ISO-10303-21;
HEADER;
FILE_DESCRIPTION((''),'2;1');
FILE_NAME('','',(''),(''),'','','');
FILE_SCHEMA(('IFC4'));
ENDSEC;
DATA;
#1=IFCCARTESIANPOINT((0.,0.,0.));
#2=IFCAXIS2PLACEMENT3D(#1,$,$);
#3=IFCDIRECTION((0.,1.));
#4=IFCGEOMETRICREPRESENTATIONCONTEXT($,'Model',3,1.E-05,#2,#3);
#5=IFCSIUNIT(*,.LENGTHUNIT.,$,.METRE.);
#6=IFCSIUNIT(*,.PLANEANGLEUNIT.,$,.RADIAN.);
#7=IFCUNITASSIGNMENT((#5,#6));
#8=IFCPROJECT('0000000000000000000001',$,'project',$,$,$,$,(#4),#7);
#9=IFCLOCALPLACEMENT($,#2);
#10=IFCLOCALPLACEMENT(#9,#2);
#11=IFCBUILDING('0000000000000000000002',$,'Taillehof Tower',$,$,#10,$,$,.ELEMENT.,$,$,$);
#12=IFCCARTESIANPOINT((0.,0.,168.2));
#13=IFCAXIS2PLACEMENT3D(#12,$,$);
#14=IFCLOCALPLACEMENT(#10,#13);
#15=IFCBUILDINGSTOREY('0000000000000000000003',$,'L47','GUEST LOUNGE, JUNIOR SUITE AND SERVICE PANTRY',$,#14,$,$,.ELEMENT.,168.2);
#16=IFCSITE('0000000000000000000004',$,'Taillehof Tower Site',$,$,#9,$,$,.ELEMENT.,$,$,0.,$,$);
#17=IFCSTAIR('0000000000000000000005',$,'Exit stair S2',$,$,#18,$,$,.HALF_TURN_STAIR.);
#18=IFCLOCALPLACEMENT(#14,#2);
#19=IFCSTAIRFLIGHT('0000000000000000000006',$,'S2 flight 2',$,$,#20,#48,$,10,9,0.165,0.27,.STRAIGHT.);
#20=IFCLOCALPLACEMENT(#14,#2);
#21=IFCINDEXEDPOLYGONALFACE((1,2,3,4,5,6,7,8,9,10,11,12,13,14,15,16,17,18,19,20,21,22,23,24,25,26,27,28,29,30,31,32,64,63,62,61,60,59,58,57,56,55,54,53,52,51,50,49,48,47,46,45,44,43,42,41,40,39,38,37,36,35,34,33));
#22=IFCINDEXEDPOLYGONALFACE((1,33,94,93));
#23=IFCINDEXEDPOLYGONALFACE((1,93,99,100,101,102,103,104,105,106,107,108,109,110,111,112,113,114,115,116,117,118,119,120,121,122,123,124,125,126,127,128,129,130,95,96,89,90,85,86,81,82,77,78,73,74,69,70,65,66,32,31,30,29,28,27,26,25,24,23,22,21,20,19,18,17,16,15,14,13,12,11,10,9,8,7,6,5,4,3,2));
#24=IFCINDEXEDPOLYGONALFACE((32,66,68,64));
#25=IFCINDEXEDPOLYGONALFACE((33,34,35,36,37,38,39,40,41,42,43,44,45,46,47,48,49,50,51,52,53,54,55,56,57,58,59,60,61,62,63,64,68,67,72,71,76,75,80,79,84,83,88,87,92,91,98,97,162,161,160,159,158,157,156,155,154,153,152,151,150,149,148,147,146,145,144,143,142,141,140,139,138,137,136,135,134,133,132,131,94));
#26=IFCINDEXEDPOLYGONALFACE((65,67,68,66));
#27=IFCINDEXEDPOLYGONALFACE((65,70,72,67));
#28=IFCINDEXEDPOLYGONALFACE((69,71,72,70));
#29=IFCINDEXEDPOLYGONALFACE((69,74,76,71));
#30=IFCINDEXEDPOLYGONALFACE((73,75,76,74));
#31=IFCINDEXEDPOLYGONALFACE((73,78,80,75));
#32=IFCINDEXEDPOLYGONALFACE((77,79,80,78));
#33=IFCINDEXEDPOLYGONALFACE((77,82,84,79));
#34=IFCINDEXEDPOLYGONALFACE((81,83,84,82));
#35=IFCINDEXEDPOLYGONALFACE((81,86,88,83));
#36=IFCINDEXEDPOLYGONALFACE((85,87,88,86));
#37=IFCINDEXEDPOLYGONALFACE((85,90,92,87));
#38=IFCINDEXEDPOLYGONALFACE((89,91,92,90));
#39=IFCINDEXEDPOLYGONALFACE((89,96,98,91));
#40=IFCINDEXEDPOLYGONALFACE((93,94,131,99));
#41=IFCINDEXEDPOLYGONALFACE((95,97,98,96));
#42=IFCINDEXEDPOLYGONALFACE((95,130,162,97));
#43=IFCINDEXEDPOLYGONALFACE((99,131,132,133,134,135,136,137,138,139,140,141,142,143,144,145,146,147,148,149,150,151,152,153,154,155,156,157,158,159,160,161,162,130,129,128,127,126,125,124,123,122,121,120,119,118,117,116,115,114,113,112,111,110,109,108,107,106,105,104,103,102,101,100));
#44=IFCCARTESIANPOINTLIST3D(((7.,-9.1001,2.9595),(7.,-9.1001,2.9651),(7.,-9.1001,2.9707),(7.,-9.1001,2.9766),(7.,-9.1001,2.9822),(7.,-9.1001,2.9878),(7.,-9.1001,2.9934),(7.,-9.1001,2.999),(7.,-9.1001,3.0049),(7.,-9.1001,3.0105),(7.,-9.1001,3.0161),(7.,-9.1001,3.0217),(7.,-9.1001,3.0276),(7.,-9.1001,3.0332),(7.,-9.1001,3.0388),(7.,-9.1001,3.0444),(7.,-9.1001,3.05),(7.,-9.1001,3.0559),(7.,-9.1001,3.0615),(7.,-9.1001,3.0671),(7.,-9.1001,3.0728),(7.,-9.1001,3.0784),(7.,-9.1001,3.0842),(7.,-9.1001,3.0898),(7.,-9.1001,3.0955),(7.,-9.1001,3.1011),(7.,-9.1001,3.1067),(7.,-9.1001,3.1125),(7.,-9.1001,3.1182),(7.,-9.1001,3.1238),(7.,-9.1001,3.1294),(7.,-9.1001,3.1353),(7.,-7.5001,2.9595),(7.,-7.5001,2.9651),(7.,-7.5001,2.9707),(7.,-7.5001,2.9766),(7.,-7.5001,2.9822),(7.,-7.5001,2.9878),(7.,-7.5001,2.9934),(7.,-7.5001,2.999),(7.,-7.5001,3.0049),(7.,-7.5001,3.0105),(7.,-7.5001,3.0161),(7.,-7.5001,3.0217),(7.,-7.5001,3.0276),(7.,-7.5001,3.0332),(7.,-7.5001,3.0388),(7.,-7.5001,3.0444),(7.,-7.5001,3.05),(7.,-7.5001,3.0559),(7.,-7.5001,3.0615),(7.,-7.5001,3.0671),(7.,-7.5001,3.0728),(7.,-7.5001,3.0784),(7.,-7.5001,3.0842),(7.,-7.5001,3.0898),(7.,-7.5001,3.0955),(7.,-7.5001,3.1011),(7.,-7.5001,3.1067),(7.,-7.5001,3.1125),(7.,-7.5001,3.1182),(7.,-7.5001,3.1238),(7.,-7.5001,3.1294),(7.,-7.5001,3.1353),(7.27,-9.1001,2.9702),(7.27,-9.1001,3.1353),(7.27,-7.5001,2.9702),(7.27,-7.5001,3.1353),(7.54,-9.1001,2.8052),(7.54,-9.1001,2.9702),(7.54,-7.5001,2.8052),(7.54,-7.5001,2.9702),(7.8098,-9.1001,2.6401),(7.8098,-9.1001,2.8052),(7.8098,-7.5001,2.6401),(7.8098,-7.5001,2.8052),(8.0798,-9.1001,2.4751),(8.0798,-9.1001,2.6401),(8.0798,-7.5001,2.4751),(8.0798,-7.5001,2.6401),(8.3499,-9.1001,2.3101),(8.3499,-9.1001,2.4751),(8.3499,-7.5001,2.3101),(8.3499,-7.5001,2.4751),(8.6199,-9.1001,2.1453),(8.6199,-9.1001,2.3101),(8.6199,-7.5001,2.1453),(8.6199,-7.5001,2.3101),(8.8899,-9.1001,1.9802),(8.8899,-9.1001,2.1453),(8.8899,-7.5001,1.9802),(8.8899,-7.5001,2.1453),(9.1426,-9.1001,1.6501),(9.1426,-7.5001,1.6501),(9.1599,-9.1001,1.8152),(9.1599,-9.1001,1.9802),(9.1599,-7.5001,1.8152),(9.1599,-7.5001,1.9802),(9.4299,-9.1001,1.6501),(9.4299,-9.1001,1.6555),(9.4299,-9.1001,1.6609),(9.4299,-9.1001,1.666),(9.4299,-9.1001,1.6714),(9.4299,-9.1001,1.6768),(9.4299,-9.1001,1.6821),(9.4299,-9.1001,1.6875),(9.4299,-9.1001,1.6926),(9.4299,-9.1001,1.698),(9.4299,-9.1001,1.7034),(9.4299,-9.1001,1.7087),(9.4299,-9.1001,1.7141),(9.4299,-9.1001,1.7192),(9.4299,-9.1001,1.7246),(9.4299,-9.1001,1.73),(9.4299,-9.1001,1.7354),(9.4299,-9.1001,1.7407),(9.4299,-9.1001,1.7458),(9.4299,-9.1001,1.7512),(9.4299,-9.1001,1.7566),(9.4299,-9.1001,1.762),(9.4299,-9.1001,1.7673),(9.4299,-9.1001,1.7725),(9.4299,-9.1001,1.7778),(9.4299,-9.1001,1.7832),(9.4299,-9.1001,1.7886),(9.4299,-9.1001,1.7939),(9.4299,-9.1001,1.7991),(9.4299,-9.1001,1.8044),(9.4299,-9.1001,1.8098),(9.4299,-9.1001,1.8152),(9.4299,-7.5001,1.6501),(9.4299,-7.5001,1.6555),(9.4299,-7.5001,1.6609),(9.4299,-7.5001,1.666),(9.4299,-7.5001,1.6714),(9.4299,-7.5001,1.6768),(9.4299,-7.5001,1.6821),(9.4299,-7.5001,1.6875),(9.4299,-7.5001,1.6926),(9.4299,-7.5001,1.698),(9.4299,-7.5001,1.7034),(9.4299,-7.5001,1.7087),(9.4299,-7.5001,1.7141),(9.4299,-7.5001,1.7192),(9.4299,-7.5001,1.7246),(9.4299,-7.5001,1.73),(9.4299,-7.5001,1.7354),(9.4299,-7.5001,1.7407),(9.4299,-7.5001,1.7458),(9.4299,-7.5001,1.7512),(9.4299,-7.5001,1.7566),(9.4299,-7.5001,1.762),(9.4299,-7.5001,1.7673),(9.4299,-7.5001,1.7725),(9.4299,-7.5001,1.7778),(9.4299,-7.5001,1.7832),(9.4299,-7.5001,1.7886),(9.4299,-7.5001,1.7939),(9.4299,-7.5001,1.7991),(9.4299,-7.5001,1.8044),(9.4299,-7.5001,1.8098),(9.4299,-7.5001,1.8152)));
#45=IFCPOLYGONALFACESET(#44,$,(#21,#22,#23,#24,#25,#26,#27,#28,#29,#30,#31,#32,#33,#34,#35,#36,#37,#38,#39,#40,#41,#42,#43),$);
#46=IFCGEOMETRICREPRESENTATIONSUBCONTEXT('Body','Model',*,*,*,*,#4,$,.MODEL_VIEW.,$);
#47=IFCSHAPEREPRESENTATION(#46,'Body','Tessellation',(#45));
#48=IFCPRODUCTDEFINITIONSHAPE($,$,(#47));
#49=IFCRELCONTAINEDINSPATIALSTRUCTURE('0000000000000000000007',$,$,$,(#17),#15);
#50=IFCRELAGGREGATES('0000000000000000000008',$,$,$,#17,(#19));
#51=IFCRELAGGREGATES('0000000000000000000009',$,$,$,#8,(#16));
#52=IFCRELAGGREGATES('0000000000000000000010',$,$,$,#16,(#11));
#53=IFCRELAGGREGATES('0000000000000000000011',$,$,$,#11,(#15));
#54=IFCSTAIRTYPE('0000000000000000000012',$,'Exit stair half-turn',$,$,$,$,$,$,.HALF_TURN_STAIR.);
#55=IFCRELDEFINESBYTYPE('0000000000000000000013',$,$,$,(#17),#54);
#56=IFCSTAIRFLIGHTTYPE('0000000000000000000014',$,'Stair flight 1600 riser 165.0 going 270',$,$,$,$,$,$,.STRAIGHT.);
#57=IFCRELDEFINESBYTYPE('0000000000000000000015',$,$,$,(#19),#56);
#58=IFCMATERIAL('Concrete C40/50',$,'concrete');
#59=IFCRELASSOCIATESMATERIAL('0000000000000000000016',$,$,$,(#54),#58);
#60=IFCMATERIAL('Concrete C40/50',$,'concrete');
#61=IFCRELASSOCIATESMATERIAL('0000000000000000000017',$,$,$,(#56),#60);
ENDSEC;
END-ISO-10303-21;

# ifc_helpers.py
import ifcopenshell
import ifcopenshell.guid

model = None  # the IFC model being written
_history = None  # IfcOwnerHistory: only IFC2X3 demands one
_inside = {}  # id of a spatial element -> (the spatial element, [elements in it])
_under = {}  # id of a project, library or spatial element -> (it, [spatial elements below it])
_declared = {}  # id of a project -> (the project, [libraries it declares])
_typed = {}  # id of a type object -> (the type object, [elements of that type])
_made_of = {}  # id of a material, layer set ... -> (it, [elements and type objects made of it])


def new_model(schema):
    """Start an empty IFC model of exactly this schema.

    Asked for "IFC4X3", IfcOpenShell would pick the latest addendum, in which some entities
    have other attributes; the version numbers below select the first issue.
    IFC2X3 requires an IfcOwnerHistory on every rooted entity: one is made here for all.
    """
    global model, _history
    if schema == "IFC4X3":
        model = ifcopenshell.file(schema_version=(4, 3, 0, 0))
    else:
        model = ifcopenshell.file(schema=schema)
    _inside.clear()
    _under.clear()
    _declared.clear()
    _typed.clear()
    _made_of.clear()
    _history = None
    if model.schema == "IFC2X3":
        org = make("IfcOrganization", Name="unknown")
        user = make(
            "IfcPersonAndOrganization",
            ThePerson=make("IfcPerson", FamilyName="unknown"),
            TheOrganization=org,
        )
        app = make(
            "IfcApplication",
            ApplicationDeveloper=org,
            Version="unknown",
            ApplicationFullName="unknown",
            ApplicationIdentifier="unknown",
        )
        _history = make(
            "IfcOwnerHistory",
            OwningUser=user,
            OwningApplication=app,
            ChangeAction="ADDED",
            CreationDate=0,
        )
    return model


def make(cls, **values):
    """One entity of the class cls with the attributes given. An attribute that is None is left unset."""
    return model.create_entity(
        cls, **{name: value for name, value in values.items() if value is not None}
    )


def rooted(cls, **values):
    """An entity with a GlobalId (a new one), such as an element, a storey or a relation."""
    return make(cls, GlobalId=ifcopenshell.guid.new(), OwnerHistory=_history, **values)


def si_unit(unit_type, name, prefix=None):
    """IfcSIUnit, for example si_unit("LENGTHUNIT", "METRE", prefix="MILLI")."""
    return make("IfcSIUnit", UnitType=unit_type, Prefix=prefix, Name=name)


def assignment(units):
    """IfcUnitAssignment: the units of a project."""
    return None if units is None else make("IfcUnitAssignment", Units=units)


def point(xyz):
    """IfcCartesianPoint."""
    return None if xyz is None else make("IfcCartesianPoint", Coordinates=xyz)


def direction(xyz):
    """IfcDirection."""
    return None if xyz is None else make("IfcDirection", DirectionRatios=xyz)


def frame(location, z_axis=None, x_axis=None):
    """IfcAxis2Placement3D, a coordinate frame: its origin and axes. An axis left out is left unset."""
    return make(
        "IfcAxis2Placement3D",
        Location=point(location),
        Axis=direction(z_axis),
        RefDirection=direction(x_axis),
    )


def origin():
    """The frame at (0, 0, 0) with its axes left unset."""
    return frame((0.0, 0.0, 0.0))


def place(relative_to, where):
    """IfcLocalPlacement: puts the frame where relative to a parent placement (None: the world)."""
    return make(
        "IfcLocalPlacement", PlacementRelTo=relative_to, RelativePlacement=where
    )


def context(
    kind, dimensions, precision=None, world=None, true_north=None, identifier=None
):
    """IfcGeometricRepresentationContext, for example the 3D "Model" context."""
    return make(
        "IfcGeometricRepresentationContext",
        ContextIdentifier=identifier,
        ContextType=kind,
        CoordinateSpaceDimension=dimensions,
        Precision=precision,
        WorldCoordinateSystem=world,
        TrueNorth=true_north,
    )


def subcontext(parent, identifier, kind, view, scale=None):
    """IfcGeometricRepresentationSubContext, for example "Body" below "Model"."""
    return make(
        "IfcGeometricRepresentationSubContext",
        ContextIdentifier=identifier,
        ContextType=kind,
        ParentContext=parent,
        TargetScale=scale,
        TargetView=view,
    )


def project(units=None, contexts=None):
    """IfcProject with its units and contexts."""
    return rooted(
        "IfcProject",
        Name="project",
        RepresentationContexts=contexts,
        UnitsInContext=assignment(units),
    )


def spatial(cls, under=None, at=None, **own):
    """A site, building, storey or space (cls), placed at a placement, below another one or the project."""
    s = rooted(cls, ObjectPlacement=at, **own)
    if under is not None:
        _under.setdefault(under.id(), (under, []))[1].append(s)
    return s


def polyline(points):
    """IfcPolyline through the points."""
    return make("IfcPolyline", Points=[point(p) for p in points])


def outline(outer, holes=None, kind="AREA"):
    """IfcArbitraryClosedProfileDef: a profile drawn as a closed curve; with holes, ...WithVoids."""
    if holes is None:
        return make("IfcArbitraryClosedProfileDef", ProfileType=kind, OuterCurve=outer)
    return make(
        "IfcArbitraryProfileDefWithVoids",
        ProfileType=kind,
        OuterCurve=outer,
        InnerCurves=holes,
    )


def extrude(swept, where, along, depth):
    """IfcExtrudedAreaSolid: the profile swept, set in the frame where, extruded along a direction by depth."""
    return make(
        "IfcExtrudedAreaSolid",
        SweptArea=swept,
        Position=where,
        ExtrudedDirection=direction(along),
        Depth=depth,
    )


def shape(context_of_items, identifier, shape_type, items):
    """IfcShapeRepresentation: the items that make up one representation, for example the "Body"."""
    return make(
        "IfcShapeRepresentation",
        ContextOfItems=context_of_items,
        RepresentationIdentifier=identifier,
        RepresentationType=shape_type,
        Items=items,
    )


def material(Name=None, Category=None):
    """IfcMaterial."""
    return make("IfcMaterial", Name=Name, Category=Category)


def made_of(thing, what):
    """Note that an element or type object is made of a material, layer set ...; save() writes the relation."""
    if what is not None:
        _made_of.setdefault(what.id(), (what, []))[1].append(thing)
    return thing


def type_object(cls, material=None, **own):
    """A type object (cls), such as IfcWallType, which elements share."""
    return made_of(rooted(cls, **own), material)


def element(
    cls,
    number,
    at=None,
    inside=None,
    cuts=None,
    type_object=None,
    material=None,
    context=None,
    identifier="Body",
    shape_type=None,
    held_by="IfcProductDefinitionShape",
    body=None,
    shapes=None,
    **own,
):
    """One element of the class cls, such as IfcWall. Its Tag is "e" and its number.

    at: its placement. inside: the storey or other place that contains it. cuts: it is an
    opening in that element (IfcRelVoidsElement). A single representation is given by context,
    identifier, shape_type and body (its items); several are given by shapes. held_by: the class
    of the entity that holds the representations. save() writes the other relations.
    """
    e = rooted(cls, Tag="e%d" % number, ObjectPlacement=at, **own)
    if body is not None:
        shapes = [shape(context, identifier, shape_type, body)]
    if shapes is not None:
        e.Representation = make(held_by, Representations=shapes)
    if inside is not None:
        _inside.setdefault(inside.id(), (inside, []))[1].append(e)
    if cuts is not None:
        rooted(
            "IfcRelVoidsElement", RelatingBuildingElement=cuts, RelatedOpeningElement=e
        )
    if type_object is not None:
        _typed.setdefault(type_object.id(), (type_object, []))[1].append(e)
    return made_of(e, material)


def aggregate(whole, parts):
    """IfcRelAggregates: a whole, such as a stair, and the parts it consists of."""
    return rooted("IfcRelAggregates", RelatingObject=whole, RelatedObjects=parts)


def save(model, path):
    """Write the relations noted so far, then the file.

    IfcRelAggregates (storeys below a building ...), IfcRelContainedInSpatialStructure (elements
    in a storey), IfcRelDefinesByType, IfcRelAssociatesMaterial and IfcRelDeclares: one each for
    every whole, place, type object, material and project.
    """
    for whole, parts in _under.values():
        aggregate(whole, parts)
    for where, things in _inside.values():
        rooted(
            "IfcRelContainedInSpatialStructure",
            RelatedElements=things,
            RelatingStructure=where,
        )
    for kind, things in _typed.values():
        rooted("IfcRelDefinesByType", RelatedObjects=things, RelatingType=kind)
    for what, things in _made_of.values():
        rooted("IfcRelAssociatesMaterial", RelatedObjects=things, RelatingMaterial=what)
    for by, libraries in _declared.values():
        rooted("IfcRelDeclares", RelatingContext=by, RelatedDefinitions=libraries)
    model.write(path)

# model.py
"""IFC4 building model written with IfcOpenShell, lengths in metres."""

from ifc_helpers import new_model, si_unit, direction, frame, origin, place, context, subcontext, project, spatial, polyline, outline, extrude, material, type_object, element, aggregate, save


model = new_model("IFC4")

# Units and contexts
model_context = context("Model", 3, precision=1e-05, world=origin(), true_north=direction((0.0, 1.0)))
body_context = subcontext(model_context, "Body", "Model", "MODEL_VIEW")
ifc_project = project(units=[si_unit("LENGTHUNIT", "METRE"), si_unit("PLANEANGLEUNIT", "RADIAN")], contexts=[model_context])

# Site, building, storey
site_placement = place(None, origin())
site = spatial("IfcSite", under=ifc_project, at=site_placement, Name="Taillehof Tower Site", CompositionType="ELEMENT", RefElevation=0.0)
building_placement = place(site_placement, origin())
building = spatial("IfcBuilding", under=site, at=building_placement, Name="Taillehof Tower", CompositionType="ELEMENT")
storey_placement = place(building_placement, frame((0.0, 0.0, 168.2)))
storey = spatial("IfcBuildingStorey", under=building, at=storey_placement, Name="L47", Description="GUEST LOUNGE, JUNIOR SUITE AND SERVICE PANTRY", CompositionType="ELEMENT", Elevation=168.2)

# Stair, stair flight
ifc_material_1 = material(Name="Concrete C40/50", Category="concrete")
stair_type = type_object("IfcStairType", Name="Exit stair half-turn", PredefinedType="HALF_TURN_STAIR", material=ifc_material_1)
stair_placement = place(storey_placement, origin())
stair = element("IfcStair", 1, at=stair_placement, inside=storey, type_object=stair_type, Name="Exit stair S2", PredefinedType="HALF_TURN_STAIR")
ifc_material_2 = material(Name="Concrete C40/50", Category="concrete")
stair_flight_type = type_object("IfcStairFlightType", Name="Stair flight 1600 riser 165.0 going 270", PredefinedType="STRAIGHT", material=ifc_material_2)
stair_flight_placement = place(storey_placement, frame((9.4299, -8.3, 1.6501), z_axis=(0.0, 0.0, 1.0), x_axis=(-1.0, 0.0, 0.0)))
stair_flight = element("IfcStairFlight", 2, at=stair_flight_placement, type_object=stair_flight_type, Name="S2 flight 2", NumberOfRisers=10, NumberOfTreads=9, PredefinedType="STRAIGHT", RiserHeight=0.165, TreadLength=0.27, context=body_context, shape_type="SweptSolid", body=[
    extrude(outline(polyline([(0.0, 0.0), (0.0, 0.0054), (0.0, 0.0107), (0.0, 0.0159), (0.0, 0.0212), (0.0, 0.0266), (0.0, 0.032), (0.0, 0.0374), (0.0, 0.0425), (0.0, 0.0479), (0.0, 0.0532), (0.0, 0.0586), (0.0, 0.064), (0.0, 0.0691), (0.0, 0.0745), (0.0, 0.0798), (0.0, 0.0852), (0.0, 0.0906), (0.0, 0.0957), (0.0, 0.1011), (0.0, 0.1064), (0.0, 0.1118), (0.0, 0.1172), (0.0, 0.1223), (0.0, 0.1277), (0.0, 0.1331), (0.0, 0.1384), (0.0, 0.1438), (0.0, 0.1489), (0.0, 0.1543), (0.0, 0.1597), (0.0, 0.165), (0.27, 0.165), (0.27, 0.3301), (0.54, 0.3301), (0.54, 0.4951), (0.8101, 0.4951), (0.8101, 0.6599), (1.0801, 0.6599), (1.0801, 0.825), (1.3501, 0.825), (1.3501, 0.99), (1.6201, 0.99), (1.6201, 1.155), (1.8899, 1.155), (1.8899, 1.3201), (2.1599, 1.3201), (2.1599, 1.4851), (2.4299, 1.4851), (2.4299, 1.4792), (2.4299, 1.4736), (2.4299, 1.468), (2.4299, 1.4624), (2.4299, 1.4565), (2.4299, 1.4509), (2.4299, 1.4453), (2.4299, 1.4397), (2.4299, 1.4341), (2.4299, 1.4282), (2.4299, 1.4226), (2.4299, 1.417), (2.4299, 1.4114), (2.4299, 1.4058), (2.4299, 1.3999), (2.4299, 1.3943), (2.4299, 1.3887), (2.4299, 1.3831), (2.4299, 1.3774), (2.4299, 1.3716), (2.4299, 1.366), (2.4299, 1.3604), (2.4299, 1.3547), (2.4299, 1.3489), (2.4299, 1.3433), (2.4299, 1.3376), (2.4299, 1.332), (2.4299, 1.3264), (2.4299, 1.3206), (2.4299, 1.3149), (2.4299, 1.3093), (0.2874, 0.0), (0.0, 0.0)])), frame((0.0, 0.8, 0.0), z_axis=(0.0, -1.0, 0.0), x_axis=(1.0, 0.0, 0.0)), (0.0, 0.0, 1.0), 1.6),
])
aggregate(stair, [stair_flight])

save(model, "model.ifc")
